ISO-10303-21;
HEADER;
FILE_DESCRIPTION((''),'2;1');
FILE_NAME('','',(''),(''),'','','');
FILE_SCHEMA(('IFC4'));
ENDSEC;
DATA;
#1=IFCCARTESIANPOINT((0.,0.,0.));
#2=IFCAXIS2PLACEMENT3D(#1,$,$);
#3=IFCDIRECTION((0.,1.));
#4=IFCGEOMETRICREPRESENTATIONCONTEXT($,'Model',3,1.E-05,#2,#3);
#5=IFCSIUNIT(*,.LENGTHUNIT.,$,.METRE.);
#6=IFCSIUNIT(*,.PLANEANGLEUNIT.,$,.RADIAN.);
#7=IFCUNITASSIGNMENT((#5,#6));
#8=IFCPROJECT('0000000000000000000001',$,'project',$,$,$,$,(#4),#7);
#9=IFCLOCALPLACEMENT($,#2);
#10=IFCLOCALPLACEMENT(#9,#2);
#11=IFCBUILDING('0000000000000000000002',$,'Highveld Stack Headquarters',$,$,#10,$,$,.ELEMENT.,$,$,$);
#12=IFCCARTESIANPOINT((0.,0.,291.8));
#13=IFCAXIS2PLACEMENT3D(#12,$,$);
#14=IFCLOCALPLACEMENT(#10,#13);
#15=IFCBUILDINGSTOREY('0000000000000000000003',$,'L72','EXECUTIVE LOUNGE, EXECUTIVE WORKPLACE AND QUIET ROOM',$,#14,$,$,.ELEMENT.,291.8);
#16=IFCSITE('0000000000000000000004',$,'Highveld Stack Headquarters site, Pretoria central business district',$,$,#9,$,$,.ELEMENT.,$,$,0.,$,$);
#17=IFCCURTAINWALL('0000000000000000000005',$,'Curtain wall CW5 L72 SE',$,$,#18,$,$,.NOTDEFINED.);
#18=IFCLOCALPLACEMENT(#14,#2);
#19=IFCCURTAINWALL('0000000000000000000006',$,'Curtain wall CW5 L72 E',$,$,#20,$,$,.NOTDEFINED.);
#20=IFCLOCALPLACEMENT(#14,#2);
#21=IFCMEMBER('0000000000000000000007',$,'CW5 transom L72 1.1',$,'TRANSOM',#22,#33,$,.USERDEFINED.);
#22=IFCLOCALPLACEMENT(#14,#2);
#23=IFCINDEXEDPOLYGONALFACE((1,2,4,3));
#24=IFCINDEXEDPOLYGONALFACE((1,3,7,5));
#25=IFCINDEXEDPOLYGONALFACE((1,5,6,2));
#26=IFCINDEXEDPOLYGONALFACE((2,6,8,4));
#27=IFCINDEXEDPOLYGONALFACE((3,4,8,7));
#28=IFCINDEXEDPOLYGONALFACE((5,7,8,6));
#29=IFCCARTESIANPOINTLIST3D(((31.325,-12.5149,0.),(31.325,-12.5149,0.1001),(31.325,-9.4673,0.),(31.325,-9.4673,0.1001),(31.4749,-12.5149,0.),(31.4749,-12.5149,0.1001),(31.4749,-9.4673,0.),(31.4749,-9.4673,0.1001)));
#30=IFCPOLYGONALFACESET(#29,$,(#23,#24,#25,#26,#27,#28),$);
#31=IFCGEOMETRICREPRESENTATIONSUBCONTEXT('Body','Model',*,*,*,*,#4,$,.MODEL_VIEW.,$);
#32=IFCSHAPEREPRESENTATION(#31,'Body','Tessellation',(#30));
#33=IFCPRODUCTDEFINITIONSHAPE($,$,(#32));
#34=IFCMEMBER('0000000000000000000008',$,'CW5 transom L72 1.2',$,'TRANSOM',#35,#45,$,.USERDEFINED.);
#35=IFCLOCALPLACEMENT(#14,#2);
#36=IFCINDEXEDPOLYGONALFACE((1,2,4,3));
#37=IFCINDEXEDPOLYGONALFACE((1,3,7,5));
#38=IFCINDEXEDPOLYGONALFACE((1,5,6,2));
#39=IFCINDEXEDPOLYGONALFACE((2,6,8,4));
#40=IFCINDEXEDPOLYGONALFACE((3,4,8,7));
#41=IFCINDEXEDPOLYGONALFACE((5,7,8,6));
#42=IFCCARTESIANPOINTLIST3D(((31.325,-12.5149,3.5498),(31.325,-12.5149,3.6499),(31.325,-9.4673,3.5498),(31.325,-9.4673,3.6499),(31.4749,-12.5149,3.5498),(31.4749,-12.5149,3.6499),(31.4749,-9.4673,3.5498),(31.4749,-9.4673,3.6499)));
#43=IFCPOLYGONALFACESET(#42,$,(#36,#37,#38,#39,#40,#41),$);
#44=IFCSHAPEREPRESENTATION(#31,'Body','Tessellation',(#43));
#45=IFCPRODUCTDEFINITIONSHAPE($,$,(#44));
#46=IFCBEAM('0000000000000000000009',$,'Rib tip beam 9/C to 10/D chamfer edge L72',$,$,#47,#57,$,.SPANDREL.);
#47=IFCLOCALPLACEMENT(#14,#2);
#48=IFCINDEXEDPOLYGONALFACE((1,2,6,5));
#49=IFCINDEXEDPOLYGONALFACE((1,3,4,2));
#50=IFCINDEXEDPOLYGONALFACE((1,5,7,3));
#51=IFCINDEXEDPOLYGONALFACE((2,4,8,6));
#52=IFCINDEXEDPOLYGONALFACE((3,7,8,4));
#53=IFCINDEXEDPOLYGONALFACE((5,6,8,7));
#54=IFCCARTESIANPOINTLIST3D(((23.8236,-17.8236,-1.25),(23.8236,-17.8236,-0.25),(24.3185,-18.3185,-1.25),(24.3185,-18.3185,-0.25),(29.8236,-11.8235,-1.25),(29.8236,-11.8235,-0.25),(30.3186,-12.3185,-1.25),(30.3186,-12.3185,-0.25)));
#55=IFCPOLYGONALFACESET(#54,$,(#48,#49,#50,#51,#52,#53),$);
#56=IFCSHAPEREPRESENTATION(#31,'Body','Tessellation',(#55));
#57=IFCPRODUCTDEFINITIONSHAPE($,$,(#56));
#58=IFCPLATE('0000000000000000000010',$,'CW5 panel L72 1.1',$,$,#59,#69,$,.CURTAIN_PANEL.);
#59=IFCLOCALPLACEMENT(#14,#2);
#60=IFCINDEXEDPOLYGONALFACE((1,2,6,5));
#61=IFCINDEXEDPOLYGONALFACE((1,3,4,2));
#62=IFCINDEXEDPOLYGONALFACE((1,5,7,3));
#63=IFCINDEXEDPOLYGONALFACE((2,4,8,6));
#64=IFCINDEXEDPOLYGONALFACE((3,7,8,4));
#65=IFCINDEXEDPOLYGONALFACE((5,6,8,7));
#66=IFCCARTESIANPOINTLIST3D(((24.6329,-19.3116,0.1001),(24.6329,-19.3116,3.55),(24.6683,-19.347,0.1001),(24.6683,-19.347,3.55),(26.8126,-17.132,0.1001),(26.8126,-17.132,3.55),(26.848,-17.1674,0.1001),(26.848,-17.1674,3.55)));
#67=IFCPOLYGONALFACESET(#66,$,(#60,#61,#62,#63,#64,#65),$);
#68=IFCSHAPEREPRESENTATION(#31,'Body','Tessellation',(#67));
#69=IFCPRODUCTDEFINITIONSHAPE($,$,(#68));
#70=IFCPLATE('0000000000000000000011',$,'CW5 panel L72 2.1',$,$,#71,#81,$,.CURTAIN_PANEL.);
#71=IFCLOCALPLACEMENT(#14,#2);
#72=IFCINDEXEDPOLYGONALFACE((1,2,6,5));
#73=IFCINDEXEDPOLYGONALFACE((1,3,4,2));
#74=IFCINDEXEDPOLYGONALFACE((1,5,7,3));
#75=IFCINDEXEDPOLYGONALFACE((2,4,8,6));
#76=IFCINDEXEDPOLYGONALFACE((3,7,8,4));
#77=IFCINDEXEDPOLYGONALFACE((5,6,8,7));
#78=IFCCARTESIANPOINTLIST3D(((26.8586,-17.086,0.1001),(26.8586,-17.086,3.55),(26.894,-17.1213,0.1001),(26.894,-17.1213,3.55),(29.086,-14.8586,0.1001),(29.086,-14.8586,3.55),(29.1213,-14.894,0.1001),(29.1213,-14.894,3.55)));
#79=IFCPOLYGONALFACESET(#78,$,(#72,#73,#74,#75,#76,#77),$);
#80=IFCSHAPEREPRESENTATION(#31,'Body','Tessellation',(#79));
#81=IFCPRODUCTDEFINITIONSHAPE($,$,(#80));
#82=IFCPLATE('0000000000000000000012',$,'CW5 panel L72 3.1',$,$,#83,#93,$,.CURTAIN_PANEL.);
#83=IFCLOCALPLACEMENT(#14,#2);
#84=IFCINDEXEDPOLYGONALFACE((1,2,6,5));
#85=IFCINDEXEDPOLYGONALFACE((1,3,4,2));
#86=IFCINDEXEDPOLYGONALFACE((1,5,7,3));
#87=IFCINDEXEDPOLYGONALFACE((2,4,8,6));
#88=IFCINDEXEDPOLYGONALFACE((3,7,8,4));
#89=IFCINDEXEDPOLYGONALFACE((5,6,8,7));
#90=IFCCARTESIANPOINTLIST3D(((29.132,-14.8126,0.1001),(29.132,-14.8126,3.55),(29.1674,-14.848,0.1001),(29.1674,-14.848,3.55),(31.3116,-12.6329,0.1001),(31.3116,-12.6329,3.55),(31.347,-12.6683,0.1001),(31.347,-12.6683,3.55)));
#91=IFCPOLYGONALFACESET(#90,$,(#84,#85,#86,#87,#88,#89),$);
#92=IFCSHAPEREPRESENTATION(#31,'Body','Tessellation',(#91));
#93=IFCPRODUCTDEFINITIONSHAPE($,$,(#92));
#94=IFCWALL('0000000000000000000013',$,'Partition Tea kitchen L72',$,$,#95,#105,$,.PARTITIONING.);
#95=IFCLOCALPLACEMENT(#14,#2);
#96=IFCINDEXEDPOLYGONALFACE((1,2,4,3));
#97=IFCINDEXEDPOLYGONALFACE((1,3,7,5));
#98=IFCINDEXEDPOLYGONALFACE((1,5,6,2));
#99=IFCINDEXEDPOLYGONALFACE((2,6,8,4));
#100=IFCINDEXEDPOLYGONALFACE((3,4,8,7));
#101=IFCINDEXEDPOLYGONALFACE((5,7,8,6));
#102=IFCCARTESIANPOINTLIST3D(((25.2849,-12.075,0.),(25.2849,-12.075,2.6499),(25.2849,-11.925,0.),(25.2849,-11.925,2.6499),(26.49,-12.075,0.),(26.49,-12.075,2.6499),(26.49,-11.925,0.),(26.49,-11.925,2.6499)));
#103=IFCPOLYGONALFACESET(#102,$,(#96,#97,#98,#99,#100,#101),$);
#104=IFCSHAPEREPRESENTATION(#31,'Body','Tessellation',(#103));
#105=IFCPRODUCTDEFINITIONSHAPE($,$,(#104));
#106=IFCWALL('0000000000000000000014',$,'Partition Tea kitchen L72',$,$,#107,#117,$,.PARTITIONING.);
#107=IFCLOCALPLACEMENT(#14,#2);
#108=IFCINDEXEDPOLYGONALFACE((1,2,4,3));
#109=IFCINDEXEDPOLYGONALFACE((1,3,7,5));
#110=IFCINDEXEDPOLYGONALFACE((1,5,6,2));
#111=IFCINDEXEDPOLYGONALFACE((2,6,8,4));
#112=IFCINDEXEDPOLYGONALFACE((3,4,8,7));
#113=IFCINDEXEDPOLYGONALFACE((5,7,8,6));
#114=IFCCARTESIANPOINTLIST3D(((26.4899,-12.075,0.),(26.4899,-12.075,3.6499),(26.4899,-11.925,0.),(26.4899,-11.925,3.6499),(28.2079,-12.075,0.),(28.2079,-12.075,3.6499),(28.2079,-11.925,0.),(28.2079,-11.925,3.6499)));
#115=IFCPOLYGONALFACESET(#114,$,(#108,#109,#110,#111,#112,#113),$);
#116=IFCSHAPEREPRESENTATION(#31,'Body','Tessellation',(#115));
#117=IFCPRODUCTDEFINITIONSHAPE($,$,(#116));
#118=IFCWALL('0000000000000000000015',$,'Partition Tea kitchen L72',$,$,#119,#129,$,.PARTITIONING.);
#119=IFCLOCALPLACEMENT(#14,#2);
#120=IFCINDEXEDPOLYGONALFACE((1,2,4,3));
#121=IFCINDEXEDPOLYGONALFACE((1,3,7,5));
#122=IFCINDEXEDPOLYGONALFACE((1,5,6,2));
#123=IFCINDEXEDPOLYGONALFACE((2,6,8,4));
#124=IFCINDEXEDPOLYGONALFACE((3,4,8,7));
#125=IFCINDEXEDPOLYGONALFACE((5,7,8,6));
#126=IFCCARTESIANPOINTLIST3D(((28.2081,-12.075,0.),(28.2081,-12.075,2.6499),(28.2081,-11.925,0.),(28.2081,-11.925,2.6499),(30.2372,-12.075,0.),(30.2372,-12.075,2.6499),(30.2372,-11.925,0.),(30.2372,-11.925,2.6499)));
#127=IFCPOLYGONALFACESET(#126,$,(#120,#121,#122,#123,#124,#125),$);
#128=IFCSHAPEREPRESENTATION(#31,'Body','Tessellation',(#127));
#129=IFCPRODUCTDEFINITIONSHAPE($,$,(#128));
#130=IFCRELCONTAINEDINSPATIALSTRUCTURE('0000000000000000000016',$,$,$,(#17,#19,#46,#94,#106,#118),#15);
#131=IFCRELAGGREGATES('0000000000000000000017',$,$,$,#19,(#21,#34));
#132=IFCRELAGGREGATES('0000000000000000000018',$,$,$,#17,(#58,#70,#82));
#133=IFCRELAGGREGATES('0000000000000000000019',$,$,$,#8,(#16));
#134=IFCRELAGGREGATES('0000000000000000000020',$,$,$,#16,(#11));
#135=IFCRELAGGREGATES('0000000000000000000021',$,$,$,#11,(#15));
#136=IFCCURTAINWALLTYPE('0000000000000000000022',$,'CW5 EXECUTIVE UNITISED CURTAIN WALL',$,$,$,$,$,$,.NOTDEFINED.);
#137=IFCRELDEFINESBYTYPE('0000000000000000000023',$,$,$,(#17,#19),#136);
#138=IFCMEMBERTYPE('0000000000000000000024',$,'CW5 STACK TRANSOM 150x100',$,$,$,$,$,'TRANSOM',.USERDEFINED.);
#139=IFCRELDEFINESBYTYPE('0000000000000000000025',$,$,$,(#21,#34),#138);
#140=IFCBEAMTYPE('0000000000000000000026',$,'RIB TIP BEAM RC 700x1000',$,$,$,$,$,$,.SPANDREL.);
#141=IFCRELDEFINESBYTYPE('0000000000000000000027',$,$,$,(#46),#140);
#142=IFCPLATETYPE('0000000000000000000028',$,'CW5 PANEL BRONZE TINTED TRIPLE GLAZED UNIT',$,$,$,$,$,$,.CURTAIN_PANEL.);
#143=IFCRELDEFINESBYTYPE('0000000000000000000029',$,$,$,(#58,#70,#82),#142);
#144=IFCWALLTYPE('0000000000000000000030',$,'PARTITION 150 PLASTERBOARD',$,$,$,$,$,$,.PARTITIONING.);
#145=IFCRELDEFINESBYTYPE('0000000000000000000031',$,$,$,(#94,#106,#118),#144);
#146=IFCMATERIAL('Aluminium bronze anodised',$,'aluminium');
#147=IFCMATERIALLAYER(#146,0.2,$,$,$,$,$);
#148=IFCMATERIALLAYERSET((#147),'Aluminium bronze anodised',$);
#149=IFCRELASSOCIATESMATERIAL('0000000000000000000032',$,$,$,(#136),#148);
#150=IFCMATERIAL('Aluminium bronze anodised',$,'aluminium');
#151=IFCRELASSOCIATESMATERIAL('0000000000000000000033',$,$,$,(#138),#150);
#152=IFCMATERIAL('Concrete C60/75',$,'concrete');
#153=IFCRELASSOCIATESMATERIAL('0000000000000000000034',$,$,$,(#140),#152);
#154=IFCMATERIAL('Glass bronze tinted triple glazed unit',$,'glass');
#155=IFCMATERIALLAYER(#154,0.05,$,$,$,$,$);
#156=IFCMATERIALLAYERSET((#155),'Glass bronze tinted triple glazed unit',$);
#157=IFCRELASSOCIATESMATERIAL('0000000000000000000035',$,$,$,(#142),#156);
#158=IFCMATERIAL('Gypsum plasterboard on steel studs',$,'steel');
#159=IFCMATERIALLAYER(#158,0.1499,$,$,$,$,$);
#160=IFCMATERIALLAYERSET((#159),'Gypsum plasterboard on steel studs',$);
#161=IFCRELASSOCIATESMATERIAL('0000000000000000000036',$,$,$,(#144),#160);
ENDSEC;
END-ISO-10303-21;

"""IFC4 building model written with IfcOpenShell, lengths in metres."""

from ifc_helpers import new_model, si_unit, direction, frame, frame_2d, origin, origin_2d, place, context, subcontext, project, spatial, rectangle, extrude, material, layer, layer_set, material_profile, profile_set, type_object, element, aggregate, save


model = new_model("IFC4")

# Units and contexts
model_context = context("Model", 3, precision=1e-05, world=origin(), true_north=direction((0.0, 1.0)))
body_context = subcontext(model_context, "Body", "Model", "MODEL_VIEW")
ifc_project = project(units=[si_unit("LENGTHUNIT", "METRE"), si_unit("PLANEANGLEUNIT", "RADIAN")], contexts=[model_context])

# Site, building, storey
site_placement = place(None, origin())
site = spatial("IfcSite", under=ifc_project, at=site_placement, Name="Highveld Stack Headquarters site, Pretoria central business district", CompositionType="ELEMENT", RefElevation=0.0)
building_placement = place(site_placement, origin())
building = spatial("IfcBuilding", under=site, at=building_placement, Name="Highveld Stack Headquarters", CompositionType="ELEMENT")
storey_placement = place(building_placement, frame((0.0, 0.0, 291.8)))
storey = spatial("IfcBuildingStorey", under=building, at=storey_placement, Name="L72", Description="EXECUTIVE LOUNGE, EXECUTIVE WORKPLACE AND QUIET ROOM", CompositionType="ELEMENT", Elevation=291.8)

# Shared definitions
ifc_material_1 = material(Name="Aluminium bronze anodised", Category="aluminium")
ifc_layer_1 = layer(ifc_material_1, 0.2)
ifc_layer_set_1 = layer_set([ifc_layer_1], Name="Aluminium bronze anodised")
curtain_wall_type = type_object("IfcCurtainWallType", Name="CW5 EXECUTIVE UNITISED CURTAIN WALL", PredefinedType="NOTDEFINED", material=ifc_layer_set_1)

# Curtain wall
curtain_wall_1_placement = place(storey_placement, origin())
curtain_wall_1 = element("IfcCurtainWall", 1, at=curtain_wall_1_placement, inside=storey, type_object=curtain_wall_type, Name="Curtain wall CW5 L72 SE", PredefinedType="NOTDEFINED")

# Curtain wall
curtain_wall_2_placement = place(storey_placement, origin())
curtain_wall_2 = element("IfcCurtainWall", 2, at=curtain_wall_2_placement, inside=storey, type_object=curtain_wall_type, Name="Curtain wall CW5 L72 E", PredefinedType="NOTDEFINED")

# Members
ifc_material_2 = material(Name="Aluminium bronze anodised", Category="aluminium")
ifc_material_profile_1 = material_profile(ifc_material_2, rectangle(XDim=0.1499, YDim=0.1001, at=origin_2d()), Name="CW5 TRANSOM 150x100")
ifc_profile_set_1 = profile_set([ifc_material_profile_1], Name="Aluminium bronze anodised")
member_type_1 = type_object("IfcMemberType", Name="CW5 STACK TRANSOM 150x100", ElementType="TRANSOM", PredefinedType="USERDEFINED", material=ifc_profile_set_1)
member_1_placement = place(storey_placement, frame((31.3999, -12.5149, 0.05), z_axis=(0.0, 1.0, 0.0), x_axis=(-1.0, 0.0, 0.0)))
member_1 = element("IfcMember", 3, at=member_1_placement, type_object=member_type_1, Name="CW5 transom L72 1.1", ObjectType="TRANSOM", PredefinedType="USERDEFINED", context=body_context, shape_type="SweptSolid", body=[
    extrude(rectangle(XDim=0.1499, YDim=0.1001, at=origin_2d()), origin(), (0.0, 0.0, 1.0), 3.0476),
])
member_2_placement = place(storey_placement, frame((31.3999, -12.5149, 3.5999), z_axis=(0.0, 1.0, 0.0), x_axis=(-1.0, 0.0, 0.0)))
member_2 = element("IfcMember", 4, at=member_2_placement, type_object=member_type_1, Name="CW5 transom L72 1.2", ObjectType="TRANSOM", PredefinedType="USERDEFINED", context=body_context, shape_type="SweptSolid", body=[
    extrude(rectangle(XDim=0.1499, YDim=0.1001, at=origin_2d()), origin(), (0.0, 0.0, 1.0), 3.0476),
])
aggregate(curtain_wall_2, [member_1, member_2])

# Beam
ifc_material_3 = material(Name="Concrete C60/75", Category="concrete")
ifc_material_profile_2 = material_profile(ifc_material_3, rectangle(XDim=0.7, YDim=1.0, at=origin_2d()), Name="RC 700x1000")
ifc_profile_set_2 = profile_set([ifc_material_profile_2], Name="Concrete C60/75")
beam_type = type_object("IfcBeamType", Name="RIB TIP BEAM RC 700x1000", PredefinedType="SPANDREL", material=ifc_profile_set_2)
beam_placement = place(storey_placement, frame((24.071, -18.071, -0.75), z_axis=(0.707107, 0.707107, 0.0), x_axis=(-0.707107, 0.707107, 0.0)))
element("IfcBeam", 5, at=beam_placement, inside=storey, type_object=beam_type, Name="Rib tip beam 9/C to 10/D chamfer edge L72", PredefinedType="SPANDREL", context=body_context, shape_type="SweptSolid", body=[
    extrude(rectangle(XDim=0.7, YDim=1.0, at=origin_2d()), origin(), (0.0, 0.0, 1.0), 8.4854),
])

# Plates
ifc_material_4 = material(Name="Glass bronze tinted triple glazed unit", Category="glass")
ifc_layer_2 = layer(ifc_material_4, 0.05)
ifc_layer_set_2 = layer_set([ifc_layer_2], Name="Glass bronze tinted triple glazed unit")
plate_type = type_object("IfcPlateType", Name="CW5 PANEL BRONZE TINTED TRIPLE GLAZED UNIT", PredefinedType="CURTAIN_PANEL", material=ifc_layer_set_2)
plate_1_placement = place(storey_placement, frame((25.7405, -18.2395, 0.1001), z_axis=(0.0, 0.0, 1.0), x_axis=(0.707107, 0.707107, 0.0)))
plate_1 = element("IfcPlate", 6, at=plate_1_placement, type_object=plate_type, Name="CW5 panel L72 1.1", PredefinedType="CURTAIN_PANEL", context=body_context, shape_type="SweptSolid", body=[
    extrude(rectangle(XDim=3.0825, YDim=0.05, at=origin_2d()), origin(), (0.0, 0.0, 1.0), 3.45),
])
plate_2_placement = place(storey_placement, frame((27.99, -15.99, 0.1001), z_axis=(0.0, 0.0, 1.0), x_axis=(0.707107, 0.707107, 0.0)))
plate_2 = element("IfcPlate", 7, at=plate_2_placement, type_object=plate_type, Name="CW5 panel L72 2.1", PredefinedType="CURTAIN_PANEL", context=body_context, shape_type="SweptSolid", body=[
    extrude(rectangle(XDim=3.1499, YDim=0.05, at=origin_2d()), origin(), (0.0, 0.0, 1.0), 3.45),
])
plate_3_placement = place(storey_placement, frame((30.2395, -13.7405, 0.1001), z_axis=(0.0, 0.0, 1.0), x_axis=(0.707107, 0.707107, 0.0)))
plate_3 = element("IfcPlate", 8, at=plate_3_placement, type_object=plate_type, Name="CW5 panel L72 3.1", PredefinedType="CURTAIN_PANEL", context=body_context, shape_type="SweptSolid", body=[
    extrude(rectangle(XDim=3.0825, YDim=0.05, at=origin_2d()), origin(), (0.0, 0.0, 1.0), 3.45),
])
aggregate(curtain_wall_1, [plate_1, plate_2, plate_3])

# Walls
ifc_material_5 = material(Name="Gypsum plasterboard on steel studs", Category="steel")
ifc_layer_3 = layer(ifc_material_5, 0.1499)
ifc_layer_set_3 = layer_set([ifc_layer_3], Name="Gypsum plasterboard on steel studs")
wall_type = type_object("IfcWallType", Name="PARTITION 150 PLASTERBOARD", PredefinedType="PARTITIONING", material=ifc_layer_set_3)
wall_1_placement = place(storey_placement, frame((25.2849, -12.0, 0.0), z_axis=(0.0, 0.0, 1.0), x_axis=(1.0, 0.0, 0.0)))
element("IfcWall", 9, at=wall_1_placement, inside=storey, type_object=wall_type, Name="Partition Tea kitchen L72", PredefinedType="PARTITIONING", context=body_context, shape_type="SweptSolid", body=[
    extrude(rectangle(XDim=1.2051, YDim=0.1499, at=frame_2d((0.6025, 0.0))), origin(), (0.0, 0.0, 1.0), 2.6499),
])
wall_2_placement = place(storey_placement, frame((26.49, -12.0, 0.0), z_axis=(0.0, 0.0, 1.0), x_axis=(1.0, 0.0, 0.0)))
element("IfcWall", 10, at=wall_2_placement, inside=storey, type_object=wall_type, Name="Partition Tea kitchen L72", PredefinedType="PARTITIONING", context=body_context, shape_type="SweptSolid", body=[
    extrude(rectangle(XDim=1.718, YDim=0.1499, at=frame_2d((0.8589, 0.0))), origin(), (0.0, 0.0, 1.0), 3.6499),
])
wall_3_placement = place(storey_placement, frame((28.208, -12.0, 0.0), z_axis=(0.0, 0.0, 1.0), x_axis=(1.0, 0.0, 0.0)))
element("IfcWall", 11, at=wall_3_placement, inside=storey, type_object=wall_type, Name="Partition Tea kitchen L72", PredefinedType="PARTITIONING", context=body_context, shape_type="SweptSolid", body=[
    extrude(rectangle(XDim=2.0291, YDim=0.1499, at=frame_2d((1.0146, 0.0))), origin(), (0.0, 0.0, 1.0), 2.6499),
])

save(model, "model.ifc")
